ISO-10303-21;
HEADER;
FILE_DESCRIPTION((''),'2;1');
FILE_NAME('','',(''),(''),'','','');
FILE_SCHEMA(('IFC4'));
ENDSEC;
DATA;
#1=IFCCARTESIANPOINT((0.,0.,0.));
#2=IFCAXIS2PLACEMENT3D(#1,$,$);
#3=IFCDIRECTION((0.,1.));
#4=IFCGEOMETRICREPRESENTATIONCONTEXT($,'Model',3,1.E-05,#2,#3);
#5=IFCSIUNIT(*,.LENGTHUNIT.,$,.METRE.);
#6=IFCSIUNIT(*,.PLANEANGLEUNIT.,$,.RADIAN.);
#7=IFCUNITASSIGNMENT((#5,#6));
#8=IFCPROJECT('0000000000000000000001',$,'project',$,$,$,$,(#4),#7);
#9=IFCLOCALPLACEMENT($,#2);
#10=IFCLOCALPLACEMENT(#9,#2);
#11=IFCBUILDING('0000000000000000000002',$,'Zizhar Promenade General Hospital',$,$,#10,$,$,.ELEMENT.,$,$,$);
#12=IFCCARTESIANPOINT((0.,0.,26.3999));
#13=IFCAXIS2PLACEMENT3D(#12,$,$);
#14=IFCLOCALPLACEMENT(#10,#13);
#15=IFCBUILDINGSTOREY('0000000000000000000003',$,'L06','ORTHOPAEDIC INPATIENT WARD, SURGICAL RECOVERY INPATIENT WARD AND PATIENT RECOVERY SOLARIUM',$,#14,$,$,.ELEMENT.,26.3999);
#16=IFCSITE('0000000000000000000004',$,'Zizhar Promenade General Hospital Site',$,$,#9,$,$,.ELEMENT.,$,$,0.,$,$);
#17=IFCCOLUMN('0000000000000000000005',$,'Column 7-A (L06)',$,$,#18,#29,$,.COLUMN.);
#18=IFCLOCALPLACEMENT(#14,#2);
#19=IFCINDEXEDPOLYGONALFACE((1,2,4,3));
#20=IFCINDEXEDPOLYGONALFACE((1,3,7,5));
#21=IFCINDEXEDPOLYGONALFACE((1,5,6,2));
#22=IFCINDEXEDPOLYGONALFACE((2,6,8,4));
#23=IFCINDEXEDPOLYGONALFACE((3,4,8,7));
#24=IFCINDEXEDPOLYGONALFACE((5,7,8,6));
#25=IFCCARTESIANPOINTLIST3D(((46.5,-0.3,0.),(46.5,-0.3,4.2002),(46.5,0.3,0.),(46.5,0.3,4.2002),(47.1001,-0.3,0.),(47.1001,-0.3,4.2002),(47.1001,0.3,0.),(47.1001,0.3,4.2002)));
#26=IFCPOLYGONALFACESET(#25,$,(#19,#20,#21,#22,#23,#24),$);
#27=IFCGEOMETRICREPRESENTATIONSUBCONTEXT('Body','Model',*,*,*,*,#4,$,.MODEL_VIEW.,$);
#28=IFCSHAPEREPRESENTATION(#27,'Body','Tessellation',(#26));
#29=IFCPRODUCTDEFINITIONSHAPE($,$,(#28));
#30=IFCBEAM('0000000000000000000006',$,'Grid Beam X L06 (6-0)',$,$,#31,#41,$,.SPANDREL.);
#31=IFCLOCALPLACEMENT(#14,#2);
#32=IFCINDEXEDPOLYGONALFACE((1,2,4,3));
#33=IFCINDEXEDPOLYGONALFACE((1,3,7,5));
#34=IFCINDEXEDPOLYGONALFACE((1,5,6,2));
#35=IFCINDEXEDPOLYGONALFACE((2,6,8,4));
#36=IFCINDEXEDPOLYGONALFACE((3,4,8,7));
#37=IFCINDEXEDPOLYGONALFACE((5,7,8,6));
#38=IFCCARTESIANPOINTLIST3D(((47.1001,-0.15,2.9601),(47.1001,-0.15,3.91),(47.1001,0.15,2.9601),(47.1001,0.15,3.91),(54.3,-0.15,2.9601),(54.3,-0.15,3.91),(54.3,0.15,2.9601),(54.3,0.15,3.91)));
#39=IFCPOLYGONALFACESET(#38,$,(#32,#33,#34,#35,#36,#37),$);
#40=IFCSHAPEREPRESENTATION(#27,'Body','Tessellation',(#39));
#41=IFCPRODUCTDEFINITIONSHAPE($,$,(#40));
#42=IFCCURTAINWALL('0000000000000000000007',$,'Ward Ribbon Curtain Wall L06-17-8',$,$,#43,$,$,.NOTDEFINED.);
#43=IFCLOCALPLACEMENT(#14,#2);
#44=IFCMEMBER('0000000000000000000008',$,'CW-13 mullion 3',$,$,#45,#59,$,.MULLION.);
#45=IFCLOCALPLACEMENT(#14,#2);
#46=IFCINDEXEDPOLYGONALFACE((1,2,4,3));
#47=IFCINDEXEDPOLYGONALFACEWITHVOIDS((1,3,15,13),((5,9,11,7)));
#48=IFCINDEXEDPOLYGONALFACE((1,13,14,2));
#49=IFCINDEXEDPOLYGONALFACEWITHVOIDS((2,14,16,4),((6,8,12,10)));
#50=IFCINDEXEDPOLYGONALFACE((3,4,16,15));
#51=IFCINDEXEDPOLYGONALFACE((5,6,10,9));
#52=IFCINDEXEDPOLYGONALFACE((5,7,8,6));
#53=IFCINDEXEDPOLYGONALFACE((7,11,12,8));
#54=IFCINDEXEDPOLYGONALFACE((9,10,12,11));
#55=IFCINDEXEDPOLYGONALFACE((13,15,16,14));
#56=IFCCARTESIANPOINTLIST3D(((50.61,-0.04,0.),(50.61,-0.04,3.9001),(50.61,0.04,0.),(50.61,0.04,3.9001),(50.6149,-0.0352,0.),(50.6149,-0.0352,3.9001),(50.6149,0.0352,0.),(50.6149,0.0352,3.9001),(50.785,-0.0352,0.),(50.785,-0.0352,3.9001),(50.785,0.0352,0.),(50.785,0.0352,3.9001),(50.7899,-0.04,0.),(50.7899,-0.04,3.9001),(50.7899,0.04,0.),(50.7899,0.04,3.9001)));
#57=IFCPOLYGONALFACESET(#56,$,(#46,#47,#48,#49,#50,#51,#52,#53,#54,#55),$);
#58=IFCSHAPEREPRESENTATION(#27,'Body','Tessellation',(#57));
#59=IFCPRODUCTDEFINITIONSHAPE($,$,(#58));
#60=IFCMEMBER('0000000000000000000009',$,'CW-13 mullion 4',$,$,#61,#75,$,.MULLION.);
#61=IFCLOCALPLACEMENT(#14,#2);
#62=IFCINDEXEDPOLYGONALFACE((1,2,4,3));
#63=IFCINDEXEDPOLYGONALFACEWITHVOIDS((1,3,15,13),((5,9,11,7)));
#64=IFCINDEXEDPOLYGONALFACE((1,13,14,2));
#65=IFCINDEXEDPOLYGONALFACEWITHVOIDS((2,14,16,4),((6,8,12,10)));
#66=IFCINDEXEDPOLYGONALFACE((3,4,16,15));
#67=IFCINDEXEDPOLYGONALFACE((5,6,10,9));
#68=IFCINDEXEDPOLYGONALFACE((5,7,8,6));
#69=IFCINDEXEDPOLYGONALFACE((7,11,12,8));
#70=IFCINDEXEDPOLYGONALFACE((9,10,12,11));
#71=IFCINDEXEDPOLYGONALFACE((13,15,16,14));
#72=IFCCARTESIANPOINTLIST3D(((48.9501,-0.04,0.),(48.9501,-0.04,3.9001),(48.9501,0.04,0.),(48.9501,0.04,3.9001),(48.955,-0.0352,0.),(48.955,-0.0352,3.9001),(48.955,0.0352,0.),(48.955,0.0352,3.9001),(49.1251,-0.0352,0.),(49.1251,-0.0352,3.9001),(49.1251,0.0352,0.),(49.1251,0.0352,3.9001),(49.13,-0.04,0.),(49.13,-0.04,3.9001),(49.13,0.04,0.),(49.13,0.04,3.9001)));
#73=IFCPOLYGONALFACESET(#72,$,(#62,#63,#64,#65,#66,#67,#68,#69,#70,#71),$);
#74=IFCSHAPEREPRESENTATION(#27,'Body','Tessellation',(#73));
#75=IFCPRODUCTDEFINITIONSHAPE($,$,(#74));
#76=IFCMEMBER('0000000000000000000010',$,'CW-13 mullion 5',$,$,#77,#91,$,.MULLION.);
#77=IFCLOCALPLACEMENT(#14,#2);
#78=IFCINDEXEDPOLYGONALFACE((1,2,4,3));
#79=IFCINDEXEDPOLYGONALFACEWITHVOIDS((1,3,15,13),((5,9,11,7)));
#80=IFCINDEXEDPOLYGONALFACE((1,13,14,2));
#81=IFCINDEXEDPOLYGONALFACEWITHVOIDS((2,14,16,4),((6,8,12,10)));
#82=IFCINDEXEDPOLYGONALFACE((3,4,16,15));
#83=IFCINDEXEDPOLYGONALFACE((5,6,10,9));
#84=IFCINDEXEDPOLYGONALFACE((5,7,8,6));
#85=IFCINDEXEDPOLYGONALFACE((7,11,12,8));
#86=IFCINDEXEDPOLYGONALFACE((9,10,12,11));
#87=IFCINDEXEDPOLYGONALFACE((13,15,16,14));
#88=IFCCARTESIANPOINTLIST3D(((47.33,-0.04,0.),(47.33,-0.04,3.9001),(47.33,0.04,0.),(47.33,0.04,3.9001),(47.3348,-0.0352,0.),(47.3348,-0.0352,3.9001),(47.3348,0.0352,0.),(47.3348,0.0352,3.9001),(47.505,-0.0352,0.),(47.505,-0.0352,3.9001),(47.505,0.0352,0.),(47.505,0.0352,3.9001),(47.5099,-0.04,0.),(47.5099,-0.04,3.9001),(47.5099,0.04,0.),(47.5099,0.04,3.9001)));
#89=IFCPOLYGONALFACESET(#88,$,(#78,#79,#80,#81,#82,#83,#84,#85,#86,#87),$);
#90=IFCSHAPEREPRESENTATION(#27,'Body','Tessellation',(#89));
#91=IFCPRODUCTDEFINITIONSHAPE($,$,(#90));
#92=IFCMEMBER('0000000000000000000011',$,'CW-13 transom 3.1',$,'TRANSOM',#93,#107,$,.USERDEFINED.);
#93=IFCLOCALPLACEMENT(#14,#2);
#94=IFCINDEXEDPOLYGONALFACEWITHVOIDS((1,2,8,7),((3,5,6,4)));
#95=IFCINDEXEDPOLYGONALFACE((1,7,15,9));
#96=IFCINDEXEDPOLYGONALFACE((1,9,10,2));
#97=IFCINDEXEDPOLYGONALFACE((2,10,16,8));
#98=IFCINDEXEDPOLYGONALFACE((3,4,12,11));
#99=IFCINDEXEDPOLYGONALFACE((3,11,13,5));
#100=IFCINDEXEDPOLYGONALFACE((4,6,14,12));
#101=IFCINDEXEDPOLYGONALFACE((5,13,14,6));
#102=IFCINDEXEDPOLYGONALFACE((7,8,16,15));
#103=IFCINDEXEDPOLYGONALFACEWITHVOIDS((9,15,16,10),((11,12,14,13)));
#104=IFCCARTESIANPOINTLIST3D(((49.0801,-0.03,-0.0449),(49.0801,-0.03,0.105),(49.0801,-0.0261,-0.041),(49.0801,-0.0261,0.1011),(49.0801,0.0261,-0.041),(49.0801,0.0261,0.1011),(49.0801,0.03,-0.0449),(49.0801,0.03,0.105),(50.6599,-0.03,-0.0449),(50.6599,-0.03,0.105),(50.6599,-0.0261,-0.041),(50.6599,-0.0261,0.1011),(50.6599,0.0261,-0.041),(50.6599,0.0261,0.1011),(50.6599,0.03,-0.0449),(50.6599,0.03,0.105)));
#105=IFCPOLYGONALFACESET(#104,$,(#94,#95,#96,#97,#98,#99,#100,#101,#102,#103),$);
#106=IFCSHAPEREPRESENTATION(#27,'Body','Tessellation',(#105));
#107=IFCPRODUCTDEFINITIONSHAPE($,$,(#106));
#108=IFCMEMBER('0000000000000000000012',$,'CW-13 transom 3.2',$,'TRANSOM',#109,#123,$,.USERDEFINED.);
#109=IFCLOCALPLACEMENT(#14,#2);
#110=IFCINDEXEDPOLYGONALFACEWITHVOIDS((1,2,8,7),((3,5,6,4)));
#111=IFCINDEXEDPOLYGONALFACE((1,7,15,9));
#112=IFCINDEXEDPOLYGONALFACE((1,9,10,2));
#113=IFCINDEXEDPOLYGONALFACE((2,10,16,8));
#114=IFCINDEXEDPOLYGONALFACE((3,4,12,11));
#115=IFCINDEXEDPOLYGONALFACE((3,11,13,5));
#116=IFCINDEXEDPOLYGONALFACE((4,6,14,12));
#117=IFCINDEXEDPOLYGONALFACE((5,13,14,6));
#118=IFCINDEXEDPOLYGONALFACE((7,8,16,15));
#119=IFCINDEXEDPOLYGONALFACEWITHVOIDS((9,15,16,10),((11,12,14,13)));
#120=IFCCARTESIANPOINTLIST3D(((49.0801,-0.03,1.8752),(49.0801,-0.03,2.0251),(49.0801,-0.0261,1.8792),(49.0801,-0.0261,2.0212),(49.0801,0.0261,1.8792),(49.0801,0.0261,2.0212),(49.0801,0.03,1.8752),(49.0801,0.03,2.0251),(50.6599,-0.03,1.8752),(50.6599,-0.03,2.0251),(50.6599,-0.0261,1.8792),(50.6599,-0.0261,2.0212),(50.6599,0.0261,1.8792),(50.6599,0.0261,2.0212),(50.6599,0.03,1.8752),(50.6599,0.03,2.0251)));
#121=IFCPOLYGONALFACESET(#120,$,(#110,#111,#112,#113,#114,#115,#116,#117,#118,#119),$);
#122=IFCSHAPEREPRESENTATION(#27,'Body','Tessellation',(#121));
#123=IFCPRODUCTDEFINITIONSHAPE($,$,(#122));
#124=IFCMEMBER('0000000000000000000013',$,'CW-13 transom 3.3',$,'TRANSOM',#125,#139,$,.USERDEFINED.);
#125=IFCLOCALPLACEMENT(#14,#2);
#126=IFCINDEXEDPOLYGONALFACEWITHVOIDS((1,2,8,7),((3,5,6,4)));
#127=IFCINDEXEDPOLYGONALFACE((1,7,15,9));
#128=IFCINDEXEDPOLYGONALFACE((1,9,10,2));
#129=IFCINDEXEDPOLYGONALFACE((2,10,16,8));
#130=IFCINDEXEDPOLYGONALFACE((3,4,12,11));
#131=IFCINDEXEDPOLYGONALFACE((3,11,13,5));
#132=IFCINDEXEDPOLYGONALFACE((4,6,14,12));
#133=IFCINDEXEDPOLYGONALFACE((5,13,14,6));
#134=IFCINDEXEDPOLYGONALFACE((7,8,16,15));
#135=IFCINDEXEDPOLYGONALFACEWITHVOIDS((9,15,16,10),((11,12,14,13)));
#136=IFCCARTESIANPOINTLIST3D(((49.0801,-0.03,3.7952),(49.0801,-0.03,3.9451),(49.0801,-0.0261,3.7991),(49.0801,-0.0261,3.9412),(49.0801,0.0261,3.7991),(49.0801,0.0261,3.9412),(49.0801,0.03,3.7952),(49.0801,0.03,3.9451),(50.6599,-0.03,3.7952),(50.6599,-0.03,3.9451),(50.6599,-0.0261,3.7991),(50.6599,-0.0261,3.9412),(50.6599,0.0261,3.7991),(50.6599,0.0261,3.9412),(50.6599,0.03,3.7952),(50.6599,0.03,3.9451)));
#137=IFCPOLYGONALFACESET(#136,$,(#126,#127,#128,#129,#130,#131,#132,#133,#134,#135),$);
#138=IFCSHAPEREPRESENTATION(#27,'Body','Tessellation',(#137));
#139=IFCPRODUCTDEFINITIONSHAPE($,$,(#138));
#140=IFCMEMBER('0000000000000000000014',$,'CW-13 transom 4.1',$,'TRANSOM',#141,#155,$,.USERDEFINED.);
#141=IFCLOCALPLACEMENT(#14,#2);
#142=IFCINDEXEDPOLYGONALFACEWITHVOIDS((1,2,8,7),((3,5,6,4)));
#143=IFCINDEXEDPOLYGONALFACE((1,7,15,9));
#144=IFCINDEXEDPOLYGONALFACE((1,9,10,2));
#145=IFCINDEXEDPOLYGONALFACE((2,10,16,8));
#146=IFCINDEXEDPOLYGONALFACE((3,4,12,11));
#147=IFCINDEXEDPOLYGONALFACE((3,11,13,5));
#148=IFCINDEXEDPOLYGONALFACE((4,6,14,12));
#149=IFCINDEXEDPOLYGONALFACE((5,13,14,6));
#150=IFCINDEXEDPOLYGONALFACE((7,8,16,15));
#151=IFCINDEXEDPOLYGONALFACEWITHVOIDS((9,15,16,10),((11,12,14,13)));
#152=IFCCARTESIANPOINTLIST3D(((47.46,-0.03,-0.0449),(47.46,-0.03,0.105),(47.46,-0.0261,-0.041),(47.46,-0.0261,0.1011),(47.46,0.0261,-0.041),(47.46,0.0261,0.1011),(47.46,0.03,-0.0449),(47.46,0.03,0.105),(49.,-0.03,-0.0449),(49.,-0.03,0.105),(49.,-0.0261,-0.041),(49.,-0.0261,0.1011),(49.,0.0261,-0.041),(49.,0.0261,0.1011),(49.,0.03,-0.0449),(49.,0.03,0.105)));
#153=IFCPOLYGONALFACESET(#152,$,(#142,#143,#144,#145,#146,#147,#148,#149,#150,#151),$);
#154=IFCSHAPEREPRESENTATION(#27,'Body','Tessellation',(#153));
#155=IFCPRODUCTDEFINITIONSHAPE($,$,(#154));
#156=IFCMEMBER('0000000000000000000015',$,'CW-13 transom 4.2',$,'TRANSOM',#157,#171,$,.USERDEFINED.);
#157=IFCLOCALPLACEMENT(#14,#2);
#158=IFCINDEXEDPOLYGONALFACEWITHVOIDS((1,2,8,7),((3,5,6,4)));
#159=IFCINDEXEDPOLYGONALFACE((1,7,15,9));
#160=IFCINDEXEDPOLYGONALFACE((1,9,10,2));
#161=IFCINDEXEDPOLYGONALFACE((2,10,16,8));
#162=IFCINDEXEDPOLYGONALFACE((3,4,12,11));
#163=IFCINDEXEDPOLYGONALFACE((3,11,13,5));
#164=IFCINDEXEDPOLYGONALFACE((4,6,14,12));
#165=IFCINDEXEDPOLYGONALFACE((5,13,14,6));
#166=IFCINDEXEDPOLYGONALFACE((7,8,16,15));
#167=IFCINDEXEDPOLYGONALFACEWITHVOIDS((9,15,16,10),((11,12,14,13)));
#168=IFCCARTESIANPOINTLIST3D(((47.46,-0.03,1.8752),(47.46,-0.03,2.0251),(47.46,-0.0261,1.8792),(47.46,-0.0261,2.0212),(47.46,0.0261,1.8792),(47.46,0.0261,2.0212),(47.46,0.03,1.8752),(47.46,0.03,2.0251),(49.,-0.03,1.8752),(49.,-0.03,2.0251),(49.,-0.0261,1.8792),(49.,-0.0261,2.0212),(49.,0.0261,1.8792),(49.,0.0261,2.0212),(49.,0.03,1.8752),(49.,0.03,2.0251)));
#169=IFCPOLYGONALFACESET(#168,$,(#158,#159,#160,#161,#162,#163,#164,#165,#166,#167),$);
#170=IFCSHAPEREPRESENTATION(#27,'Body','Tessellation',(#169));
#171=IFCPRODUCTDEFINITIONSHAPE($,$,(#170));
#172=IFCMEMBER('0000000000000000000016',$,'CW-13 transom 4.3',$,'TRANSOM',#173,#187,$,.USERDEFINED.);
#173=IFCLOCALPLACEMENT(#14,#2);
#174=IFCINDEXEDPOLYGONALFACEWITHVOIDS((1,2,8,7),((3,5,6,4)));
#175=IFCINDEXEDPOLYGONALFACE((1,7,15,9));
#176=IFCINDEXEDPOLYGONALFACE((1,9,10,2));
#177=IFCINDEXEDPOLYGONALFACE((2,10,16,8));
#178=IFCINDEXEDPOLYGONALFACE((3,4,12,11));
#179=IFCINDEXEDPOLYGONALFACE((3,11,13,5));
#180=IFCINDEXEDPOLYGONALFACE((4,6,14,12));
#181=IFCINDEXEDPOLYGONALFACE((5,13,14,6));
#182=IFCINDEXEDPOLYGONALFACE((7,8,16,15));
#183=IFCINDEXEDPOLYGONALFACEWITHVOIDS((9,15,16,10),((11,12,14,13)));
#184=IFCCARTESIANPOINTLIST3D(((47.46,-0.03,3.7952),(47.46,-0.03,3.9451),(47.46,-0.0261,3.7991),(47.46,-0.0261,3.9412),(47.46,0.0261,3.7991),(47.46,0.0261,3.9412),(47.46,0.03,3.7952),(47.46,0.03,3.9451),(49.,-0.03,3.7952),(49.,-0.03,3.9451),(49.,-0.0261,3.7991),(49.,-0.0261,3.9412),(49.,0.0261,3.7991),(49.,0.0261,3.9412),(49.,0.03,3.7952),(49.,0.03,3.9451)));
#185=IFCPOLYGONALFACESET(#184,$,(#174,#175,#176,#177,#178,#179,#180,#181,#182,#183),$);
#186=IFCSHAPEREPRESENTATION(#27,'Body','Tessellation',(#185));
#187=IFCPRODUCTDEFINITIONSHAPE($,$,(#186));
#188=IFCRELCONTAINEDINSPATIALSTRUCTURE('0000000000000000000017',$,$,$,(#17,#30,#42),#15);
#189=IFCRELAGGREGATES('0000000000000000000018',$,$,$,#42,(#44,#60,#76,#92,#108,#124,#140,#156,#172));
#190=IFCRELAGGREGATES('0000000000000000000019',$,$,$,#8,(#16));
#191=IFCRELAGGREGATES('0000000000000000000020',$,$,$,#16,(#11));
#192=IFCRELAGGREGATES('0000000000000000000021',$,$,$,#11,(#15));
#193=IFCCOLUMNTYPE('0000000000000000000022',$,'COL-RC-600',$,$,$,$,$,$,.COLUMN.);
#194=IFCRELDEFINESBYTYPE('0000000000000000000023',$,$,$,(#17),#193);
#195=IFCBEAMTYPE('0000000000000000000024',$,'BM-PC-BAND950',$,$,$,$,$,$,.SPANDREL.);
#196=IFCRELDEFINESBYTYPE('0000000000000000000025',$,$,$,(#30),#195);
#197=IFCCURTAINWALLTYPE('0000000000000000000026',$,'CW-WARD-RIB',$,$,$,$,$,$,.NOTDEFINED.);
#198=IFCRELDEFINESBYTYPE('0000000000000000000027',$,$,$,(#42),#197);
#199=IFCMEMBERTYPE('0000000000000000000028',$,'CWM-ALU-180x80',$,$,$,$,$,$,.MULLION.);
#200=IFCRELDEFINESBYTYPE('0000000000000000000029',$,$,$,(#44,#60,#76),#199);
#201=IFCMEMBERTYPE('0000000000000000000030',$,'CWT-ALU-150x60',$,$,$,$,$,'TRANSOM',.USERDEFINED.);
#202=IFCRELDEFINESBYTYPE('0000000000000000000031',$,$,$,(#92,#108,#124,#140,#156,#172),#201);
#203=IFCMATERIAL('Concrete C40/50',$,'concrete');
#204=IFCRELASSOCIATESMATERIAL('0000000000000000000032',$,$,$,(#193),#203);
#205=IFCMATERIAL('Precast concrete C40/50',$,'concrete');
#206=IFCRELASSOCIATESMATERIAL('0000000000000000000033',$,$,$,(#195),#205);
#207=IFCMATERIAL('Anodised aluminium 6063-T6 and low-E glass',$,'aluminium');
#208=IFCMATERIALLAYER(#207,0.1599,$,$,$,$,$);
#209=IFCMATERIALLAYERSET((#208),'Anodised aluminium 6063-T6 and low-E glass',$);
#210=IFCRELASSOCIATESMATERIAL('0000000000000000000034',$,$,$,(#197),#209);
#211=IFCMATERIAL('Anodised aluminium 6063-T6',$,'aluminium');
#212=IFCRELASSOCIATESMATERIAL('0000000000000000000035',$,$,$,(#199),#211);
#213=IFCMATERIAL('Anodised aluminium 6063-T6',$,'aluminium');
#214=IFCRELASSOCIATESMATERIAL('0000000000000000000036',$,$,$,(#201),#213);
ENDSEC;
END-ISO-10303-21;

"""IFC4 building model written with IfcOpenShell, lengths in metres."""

from ifc_helpers import new_model, si_unit, direction, frame, origin, origin_2d, place, context, subcontext, project, spatial, rectangle, hollow_rectangle, extrude, material, layer, layer_set, material_profile, profile_set, type_object, element, aggregate, save


model = new_model("IFC4")

# Units and contexts
model_context = context("Model", 3, precision=1e-05, world=origin(), true_north=direction((0.0, 1.0)))
body_context = subcontext(model_context, "Body", "Model", "MODEL_VIEW")
ifc_project = project(units=[si_unit("LENGTHUNIT", "METRE"), si_unit("PLANEANGLEUNIT", "RADIAN")], contexts=[model_context])

# Site, building, storey
site_placement = place(None, origin())
site = spatial("IfcSite", under=ifc_project, at=site_placement, Name="Zizhar Promenade General Hospital Site", CompositionType="ELEMENT", RefElevation=0.0)
building_placement = place(site_placement, origin())
building = spatial("IfcBuilding", under=site, at=building_placement, Name="Zizhar Promenade General Hospital", CompositionType="ELEMENT")
storey_placement = place(building_placement, frame((0.0, 0.0, 26.3999)))
storey = spatial("IfcBuildingStorey", under=building, at=storey_placement, Name="L06", Description="ORTHOPAEDIC INPATIENT WARD, SURGICAL RECOVERY INPATIENT WARD AND PATIENT RECOVERY SOLARIUM", CompositionType="ELEMENT", Elevation=26.3999)

# Column
ifc_material_1 = material(Name="Concrete C40/50", Category="concrete")
ifc_material_profile_1 = material_profile(ifc_material_1, rectangle(XDim=0.6001, YDim=0.6001, at=origin_2d()))
ifc_profile_set_1 = profile_set([ifc_material_profile_1], Name="Concrete C40/50")
column_type = type_object("IfcColumnType", Name="COL-RC-600", PredefinedType="COLUMN", material=ifc_profile_set_1)
column_placement = place(storey_placement, frame((46.8, 0.0, 0.0), z_axis=(0.0, 0.0, 1.0), x_axis=(1.0, 0.0, 0.0)))
element("IfcColumn", 1, at=column_placement, inside=storey, type_object=column_type, Name="Column 7-A (L06)", PredefinedType="COLUMN", context=body_context, shape_type="SweptSolid", body=[
    extrude(rectangle(XDim=0.6001, YDim=0.6001, at=origin_2d()), origin(), (0.0, 0.0, 1.0), 4.2002),
])

# Beam
ifc_material_2 = material(Name="Precast concrete C40/50", Category="concrete")
ifc_material_profile_2 = material_profile(ifc_material_2, rectangle(XDim=0.3, YDim=0.95, at=origin_2d()))
ifc_profile_set_2 = profile_set([ifc_material_profile_2], Name="Precast concrete C40/50")
beam_type = type_object("IfcBeamType", Name="BM-PC-BAND950", PredefinedType="SPANDREL", material=ifc_profile_set_2)
beam_placement = place(storey_placement, frame((47.1001, 0.0, 3.4351), z_axis=(1.0, 0.0, 0.0), x_axis=(0.0, 1.0, 0.0)))
element("IfcBeam", 2, at=beam_placement, inside=storey, type_object=beam_type, Name="Grid Beam X L06 (6-0)", PredefinedType="SPANDREL", context=body_context, shape_type="SweptSolid", body=[
    extrude(rectangle(XDim=0.3, YDim=0.95, at=origin_2d()), origin(), (0.0, 0.0, 1.0), 7.2),
])

# Curtain wall, members
ifc_material_3 = material(Name="Anodised aluminium 6063-T6 and low-E glass", Category="aluminium")
ifc_layer_1 = layer(ifc_material_3, 0.1599)
ifc_layer_set_1 = layer_set([ifc_layer_1], Name="Anodised aluminium 6063-T6 and low-E glass")
curtain_wall_type = type_object("IfcCurtainWallType", Name="CW-WARD-RIB", PredefinedType="NOTDEFINED", material=ifc_layer_set_1)
curtain_wall_placement = place(storey_placement, origin())
curtain_wall = element("IfcCurtainWall", 3, at=curtain_wall_placement, inside=storey, type_object=curtain_wall_type, Name="Ward Ribbon Curtain Wall L06-17-8", PredefinedType="NOTDEFINED")
ifc_material_4 = material(Name="Anodised aluminium 6063-T6", Category="aluminium")
ifc_material_profile_3 = material_profile(ifc_material_4, hollow_rectangle(XDim=0.0801, YDim=0.1799, WallThickness=0.0049, at=origin_2d()))
ifc_profile_set_3 = profile_set([ifc_material_profile_3], Name="Anodised aluminium 6063-T6")
member_type_1 = type_object("IfcMemberType", Name="CWM-ALU-180x80", PredefinedType="MULLION", material=ifc_profile_set_3)
member_1_placement = place(storey_placement, frame((50.7, 0.0, 0.0), z_axis=(0.0, 0.0, 1.0), x_axis=(0.0, -1.0, 0.0)))
member_1 = element("IfcMember", 4, at=member_1_placement, type_object=member_type_1, Name="CW-13 mullion 3", PredefinedType="MULLION", context=body_context, shape_type="SweptSolid", body=[
    extrude(hollow_rectangle(XDim=0.0801, YDim=0.1799, WallThickness=0.0049, at=origin_2d()), origin(), (0.0, 0.0, 1.0), 3.9001),
])
member_2_placement = place(storey_placement, frame((49.04, 0.0, 0.0), z_axis=(0.0, 0.0, 1.0), x_axis=(0.0, -1.0, 0.0)))
member_2 = element("IfcMember", 5, at=member_2_placement, type_object=member_type_1, Name="CW-13 mullion 4", PredefinedType="MULLION", context=body_context, shape_type="SweptSolid", body=[
    extrude(hollow_rectangle(XDim=0.0801, YDim=0.1799, WallThickness=0.0049, at=origin_2d()), origin(), (0.0, 0.0, 1.0), 3.9001),
])
member_3_placement = place(storey_placement, frame((47.4199, 0.0, 0.0), z_axis=(0.0, 0.0, 1.0), x_axis=(0.0, -1.0, 0.0)))
member_3 = element("IfcMember", 6, at=member_3_placement, type_object=member_type_1, Name="CW-13 mullion 5", PredefinedType="MULLION", context=body_context, shape_type="SweptSolid", body=[
    extrude(hollow_rectangle(XDim=0.0801, YDim=0.1799, WallThickness=0.0049, at=origin_2d()), origin(), (0.0, 0.0, 1.0), 3.9001),
])
ifc_material_5 = material(Name="Anodised aluminium 6063-T6", Category="aluminium")
ifc_material_profile_4 = material_profile(ifc_material_5, hollow_rectangle(XDim=0.0601, YDim=0.1499, WallThickness=0.0039, at=origin_2d()))
ifc_profile_set_4 = profile_set([ifc_material_profile_4], Name="Anodised aluminium 6063-T6")
member_type_2 = type_object("IfcMemberType", Name="CWT-ALU-150x60", ElementType="TRANSOM", PredefinedType="USERDEFINED", material=ifc_profile_set_4)
member_4_placement = place(storey_placement, frame((50.6599, 0.0, 0.03), z_axis=(-1.0, 0.0, 0.0), x_axis=(0.0, -1.0, 0.0)))
member_4 = element("IfcMember", 7, at=member_4_placement, type_object=member_type_2, Name="CW-13 transom 3.1", ObjectType="TRANSOM", PredefinedType="USERDEFINED", context=body_context, shape_type="SweptSolid", body=[
    extrude(hollow_rectangle(XDim=0.0601, YDim=0.1499, WallThickness=0.0039, at=origin_2d()), origin(), (0.0, 0.0, 1.0), 1.5798),
])
member_5_placement = place(storey_placement, frame((50.6599, 0.0, 1.9502), z_axis=(-1.0, 0.0, 0.0), x_axis=(0.0, -1.0, 0.0)))
member_5 = element("IfcMember", 8, at=member_5_placement, type_object=member_type_2, Name="CW-13 transom 3.2", ObjectType="TRANSOM", PredefinedType="USERDEFINED", context=body_context, shape_type="SweptSolid", body=[
    extrude(hollow_rectangle(XDim=0.0601, YDim=0.1499, WallThickness=0.0039, at=origin_2d()), origin(), (0.0, 0.0, 1.0), 1.5798),
])
member_6_placement = place(storey_placement, frame((50.6599, 0.0, 3.8701), z_axis=(-1.0, 0.0, 0.0), x_axis=(0.0, -1.0, 0.0)))
member_6 = element("IfcMember", 9, at=member_6_placement, type_object=member_type_2, Name="CW-13 transom 3.3", ObjectType="TRANSOM", PredefinedType="USERDEFINED", context=body_context, shape_type="SweptSolid", body=[
    extrude(hollow_rectangle(XDim=0.0601, YDim=0.1499, WallThickness=0.0039, at=origin_2d()), origin(), (0.0, 0.0, 1.0), 1.5798),
])
member_7_placement = place(storey_placement, frame((49.0, 0.0, 0.03), z_axis=(-1.0, 0.0, 0.0), x_axis=(0.0, -1.0, 0.0)))
member_7 = element("IfcMember", 10, at=member_7_placement, type_object=member_type_2, Name="CW-13 transom 4.1", ObjectType="TRANSOM", PredefinedType="USERDEFINED", context=body_context, shape_type="SweptSolid", body=[
    extrude(hollow_rectangle(XDim=0.0601, YDim=0.1499, WallThickness=0.0039, at=origin_2d()), origin(), (0.0, 0.0, 1.0), 1.54),
])
member_8_placement = place(storey_placement, frame((49.0, 0.0, 1.9502), z_axis=(-1.0, 0.0, 0.0), x_axis=(0.0, -1.0, 0.0)))
member_8 = element("IfcMember", 11, at=member_8_placement, type_object=member_type_2, Name="CW-13 transom 4.2", ObjectType="TRANSOM", PredefinedType="USERDEFINED", context=body_context, shape_type="SweptSolid", body=[
    extrude(hollow_rectangle(XDim=0.0601, YDim=0.1499, WallThickness=0.0039, at=origin_2d()), origin(), (0.0, 0.0, 1.0), 1.54),
])
member_9_placement = place(storey_placement, frame((49.0, 0.0, 3.8701), z_axis=(-1.0, 0.0, 0.0), x_axis=(0.0, -1.0, 0.0)))
member_9 = element("IfcMember", 12, at=member_9_placement, type_object=member_type_2, Name="CW-13 transom 4.3", ObjectType="TRANSOM", PredefinedType="USERDEFINED", context=body_context, shape_type="SweptSolid", body=[
    extrude(hollow_rectangle(XDim=0.0601, YDim=0.1499, WallThickness=0.0039, at=origin_2d()), origin(), (0.0, 0.0, 1.0), 1.54),
])
aggregate(curtain_wall, [member_1, member_2, member_3, member_4, member_5, member_6, member_7, member_8, member_9])

save(model, "model.ifc")
